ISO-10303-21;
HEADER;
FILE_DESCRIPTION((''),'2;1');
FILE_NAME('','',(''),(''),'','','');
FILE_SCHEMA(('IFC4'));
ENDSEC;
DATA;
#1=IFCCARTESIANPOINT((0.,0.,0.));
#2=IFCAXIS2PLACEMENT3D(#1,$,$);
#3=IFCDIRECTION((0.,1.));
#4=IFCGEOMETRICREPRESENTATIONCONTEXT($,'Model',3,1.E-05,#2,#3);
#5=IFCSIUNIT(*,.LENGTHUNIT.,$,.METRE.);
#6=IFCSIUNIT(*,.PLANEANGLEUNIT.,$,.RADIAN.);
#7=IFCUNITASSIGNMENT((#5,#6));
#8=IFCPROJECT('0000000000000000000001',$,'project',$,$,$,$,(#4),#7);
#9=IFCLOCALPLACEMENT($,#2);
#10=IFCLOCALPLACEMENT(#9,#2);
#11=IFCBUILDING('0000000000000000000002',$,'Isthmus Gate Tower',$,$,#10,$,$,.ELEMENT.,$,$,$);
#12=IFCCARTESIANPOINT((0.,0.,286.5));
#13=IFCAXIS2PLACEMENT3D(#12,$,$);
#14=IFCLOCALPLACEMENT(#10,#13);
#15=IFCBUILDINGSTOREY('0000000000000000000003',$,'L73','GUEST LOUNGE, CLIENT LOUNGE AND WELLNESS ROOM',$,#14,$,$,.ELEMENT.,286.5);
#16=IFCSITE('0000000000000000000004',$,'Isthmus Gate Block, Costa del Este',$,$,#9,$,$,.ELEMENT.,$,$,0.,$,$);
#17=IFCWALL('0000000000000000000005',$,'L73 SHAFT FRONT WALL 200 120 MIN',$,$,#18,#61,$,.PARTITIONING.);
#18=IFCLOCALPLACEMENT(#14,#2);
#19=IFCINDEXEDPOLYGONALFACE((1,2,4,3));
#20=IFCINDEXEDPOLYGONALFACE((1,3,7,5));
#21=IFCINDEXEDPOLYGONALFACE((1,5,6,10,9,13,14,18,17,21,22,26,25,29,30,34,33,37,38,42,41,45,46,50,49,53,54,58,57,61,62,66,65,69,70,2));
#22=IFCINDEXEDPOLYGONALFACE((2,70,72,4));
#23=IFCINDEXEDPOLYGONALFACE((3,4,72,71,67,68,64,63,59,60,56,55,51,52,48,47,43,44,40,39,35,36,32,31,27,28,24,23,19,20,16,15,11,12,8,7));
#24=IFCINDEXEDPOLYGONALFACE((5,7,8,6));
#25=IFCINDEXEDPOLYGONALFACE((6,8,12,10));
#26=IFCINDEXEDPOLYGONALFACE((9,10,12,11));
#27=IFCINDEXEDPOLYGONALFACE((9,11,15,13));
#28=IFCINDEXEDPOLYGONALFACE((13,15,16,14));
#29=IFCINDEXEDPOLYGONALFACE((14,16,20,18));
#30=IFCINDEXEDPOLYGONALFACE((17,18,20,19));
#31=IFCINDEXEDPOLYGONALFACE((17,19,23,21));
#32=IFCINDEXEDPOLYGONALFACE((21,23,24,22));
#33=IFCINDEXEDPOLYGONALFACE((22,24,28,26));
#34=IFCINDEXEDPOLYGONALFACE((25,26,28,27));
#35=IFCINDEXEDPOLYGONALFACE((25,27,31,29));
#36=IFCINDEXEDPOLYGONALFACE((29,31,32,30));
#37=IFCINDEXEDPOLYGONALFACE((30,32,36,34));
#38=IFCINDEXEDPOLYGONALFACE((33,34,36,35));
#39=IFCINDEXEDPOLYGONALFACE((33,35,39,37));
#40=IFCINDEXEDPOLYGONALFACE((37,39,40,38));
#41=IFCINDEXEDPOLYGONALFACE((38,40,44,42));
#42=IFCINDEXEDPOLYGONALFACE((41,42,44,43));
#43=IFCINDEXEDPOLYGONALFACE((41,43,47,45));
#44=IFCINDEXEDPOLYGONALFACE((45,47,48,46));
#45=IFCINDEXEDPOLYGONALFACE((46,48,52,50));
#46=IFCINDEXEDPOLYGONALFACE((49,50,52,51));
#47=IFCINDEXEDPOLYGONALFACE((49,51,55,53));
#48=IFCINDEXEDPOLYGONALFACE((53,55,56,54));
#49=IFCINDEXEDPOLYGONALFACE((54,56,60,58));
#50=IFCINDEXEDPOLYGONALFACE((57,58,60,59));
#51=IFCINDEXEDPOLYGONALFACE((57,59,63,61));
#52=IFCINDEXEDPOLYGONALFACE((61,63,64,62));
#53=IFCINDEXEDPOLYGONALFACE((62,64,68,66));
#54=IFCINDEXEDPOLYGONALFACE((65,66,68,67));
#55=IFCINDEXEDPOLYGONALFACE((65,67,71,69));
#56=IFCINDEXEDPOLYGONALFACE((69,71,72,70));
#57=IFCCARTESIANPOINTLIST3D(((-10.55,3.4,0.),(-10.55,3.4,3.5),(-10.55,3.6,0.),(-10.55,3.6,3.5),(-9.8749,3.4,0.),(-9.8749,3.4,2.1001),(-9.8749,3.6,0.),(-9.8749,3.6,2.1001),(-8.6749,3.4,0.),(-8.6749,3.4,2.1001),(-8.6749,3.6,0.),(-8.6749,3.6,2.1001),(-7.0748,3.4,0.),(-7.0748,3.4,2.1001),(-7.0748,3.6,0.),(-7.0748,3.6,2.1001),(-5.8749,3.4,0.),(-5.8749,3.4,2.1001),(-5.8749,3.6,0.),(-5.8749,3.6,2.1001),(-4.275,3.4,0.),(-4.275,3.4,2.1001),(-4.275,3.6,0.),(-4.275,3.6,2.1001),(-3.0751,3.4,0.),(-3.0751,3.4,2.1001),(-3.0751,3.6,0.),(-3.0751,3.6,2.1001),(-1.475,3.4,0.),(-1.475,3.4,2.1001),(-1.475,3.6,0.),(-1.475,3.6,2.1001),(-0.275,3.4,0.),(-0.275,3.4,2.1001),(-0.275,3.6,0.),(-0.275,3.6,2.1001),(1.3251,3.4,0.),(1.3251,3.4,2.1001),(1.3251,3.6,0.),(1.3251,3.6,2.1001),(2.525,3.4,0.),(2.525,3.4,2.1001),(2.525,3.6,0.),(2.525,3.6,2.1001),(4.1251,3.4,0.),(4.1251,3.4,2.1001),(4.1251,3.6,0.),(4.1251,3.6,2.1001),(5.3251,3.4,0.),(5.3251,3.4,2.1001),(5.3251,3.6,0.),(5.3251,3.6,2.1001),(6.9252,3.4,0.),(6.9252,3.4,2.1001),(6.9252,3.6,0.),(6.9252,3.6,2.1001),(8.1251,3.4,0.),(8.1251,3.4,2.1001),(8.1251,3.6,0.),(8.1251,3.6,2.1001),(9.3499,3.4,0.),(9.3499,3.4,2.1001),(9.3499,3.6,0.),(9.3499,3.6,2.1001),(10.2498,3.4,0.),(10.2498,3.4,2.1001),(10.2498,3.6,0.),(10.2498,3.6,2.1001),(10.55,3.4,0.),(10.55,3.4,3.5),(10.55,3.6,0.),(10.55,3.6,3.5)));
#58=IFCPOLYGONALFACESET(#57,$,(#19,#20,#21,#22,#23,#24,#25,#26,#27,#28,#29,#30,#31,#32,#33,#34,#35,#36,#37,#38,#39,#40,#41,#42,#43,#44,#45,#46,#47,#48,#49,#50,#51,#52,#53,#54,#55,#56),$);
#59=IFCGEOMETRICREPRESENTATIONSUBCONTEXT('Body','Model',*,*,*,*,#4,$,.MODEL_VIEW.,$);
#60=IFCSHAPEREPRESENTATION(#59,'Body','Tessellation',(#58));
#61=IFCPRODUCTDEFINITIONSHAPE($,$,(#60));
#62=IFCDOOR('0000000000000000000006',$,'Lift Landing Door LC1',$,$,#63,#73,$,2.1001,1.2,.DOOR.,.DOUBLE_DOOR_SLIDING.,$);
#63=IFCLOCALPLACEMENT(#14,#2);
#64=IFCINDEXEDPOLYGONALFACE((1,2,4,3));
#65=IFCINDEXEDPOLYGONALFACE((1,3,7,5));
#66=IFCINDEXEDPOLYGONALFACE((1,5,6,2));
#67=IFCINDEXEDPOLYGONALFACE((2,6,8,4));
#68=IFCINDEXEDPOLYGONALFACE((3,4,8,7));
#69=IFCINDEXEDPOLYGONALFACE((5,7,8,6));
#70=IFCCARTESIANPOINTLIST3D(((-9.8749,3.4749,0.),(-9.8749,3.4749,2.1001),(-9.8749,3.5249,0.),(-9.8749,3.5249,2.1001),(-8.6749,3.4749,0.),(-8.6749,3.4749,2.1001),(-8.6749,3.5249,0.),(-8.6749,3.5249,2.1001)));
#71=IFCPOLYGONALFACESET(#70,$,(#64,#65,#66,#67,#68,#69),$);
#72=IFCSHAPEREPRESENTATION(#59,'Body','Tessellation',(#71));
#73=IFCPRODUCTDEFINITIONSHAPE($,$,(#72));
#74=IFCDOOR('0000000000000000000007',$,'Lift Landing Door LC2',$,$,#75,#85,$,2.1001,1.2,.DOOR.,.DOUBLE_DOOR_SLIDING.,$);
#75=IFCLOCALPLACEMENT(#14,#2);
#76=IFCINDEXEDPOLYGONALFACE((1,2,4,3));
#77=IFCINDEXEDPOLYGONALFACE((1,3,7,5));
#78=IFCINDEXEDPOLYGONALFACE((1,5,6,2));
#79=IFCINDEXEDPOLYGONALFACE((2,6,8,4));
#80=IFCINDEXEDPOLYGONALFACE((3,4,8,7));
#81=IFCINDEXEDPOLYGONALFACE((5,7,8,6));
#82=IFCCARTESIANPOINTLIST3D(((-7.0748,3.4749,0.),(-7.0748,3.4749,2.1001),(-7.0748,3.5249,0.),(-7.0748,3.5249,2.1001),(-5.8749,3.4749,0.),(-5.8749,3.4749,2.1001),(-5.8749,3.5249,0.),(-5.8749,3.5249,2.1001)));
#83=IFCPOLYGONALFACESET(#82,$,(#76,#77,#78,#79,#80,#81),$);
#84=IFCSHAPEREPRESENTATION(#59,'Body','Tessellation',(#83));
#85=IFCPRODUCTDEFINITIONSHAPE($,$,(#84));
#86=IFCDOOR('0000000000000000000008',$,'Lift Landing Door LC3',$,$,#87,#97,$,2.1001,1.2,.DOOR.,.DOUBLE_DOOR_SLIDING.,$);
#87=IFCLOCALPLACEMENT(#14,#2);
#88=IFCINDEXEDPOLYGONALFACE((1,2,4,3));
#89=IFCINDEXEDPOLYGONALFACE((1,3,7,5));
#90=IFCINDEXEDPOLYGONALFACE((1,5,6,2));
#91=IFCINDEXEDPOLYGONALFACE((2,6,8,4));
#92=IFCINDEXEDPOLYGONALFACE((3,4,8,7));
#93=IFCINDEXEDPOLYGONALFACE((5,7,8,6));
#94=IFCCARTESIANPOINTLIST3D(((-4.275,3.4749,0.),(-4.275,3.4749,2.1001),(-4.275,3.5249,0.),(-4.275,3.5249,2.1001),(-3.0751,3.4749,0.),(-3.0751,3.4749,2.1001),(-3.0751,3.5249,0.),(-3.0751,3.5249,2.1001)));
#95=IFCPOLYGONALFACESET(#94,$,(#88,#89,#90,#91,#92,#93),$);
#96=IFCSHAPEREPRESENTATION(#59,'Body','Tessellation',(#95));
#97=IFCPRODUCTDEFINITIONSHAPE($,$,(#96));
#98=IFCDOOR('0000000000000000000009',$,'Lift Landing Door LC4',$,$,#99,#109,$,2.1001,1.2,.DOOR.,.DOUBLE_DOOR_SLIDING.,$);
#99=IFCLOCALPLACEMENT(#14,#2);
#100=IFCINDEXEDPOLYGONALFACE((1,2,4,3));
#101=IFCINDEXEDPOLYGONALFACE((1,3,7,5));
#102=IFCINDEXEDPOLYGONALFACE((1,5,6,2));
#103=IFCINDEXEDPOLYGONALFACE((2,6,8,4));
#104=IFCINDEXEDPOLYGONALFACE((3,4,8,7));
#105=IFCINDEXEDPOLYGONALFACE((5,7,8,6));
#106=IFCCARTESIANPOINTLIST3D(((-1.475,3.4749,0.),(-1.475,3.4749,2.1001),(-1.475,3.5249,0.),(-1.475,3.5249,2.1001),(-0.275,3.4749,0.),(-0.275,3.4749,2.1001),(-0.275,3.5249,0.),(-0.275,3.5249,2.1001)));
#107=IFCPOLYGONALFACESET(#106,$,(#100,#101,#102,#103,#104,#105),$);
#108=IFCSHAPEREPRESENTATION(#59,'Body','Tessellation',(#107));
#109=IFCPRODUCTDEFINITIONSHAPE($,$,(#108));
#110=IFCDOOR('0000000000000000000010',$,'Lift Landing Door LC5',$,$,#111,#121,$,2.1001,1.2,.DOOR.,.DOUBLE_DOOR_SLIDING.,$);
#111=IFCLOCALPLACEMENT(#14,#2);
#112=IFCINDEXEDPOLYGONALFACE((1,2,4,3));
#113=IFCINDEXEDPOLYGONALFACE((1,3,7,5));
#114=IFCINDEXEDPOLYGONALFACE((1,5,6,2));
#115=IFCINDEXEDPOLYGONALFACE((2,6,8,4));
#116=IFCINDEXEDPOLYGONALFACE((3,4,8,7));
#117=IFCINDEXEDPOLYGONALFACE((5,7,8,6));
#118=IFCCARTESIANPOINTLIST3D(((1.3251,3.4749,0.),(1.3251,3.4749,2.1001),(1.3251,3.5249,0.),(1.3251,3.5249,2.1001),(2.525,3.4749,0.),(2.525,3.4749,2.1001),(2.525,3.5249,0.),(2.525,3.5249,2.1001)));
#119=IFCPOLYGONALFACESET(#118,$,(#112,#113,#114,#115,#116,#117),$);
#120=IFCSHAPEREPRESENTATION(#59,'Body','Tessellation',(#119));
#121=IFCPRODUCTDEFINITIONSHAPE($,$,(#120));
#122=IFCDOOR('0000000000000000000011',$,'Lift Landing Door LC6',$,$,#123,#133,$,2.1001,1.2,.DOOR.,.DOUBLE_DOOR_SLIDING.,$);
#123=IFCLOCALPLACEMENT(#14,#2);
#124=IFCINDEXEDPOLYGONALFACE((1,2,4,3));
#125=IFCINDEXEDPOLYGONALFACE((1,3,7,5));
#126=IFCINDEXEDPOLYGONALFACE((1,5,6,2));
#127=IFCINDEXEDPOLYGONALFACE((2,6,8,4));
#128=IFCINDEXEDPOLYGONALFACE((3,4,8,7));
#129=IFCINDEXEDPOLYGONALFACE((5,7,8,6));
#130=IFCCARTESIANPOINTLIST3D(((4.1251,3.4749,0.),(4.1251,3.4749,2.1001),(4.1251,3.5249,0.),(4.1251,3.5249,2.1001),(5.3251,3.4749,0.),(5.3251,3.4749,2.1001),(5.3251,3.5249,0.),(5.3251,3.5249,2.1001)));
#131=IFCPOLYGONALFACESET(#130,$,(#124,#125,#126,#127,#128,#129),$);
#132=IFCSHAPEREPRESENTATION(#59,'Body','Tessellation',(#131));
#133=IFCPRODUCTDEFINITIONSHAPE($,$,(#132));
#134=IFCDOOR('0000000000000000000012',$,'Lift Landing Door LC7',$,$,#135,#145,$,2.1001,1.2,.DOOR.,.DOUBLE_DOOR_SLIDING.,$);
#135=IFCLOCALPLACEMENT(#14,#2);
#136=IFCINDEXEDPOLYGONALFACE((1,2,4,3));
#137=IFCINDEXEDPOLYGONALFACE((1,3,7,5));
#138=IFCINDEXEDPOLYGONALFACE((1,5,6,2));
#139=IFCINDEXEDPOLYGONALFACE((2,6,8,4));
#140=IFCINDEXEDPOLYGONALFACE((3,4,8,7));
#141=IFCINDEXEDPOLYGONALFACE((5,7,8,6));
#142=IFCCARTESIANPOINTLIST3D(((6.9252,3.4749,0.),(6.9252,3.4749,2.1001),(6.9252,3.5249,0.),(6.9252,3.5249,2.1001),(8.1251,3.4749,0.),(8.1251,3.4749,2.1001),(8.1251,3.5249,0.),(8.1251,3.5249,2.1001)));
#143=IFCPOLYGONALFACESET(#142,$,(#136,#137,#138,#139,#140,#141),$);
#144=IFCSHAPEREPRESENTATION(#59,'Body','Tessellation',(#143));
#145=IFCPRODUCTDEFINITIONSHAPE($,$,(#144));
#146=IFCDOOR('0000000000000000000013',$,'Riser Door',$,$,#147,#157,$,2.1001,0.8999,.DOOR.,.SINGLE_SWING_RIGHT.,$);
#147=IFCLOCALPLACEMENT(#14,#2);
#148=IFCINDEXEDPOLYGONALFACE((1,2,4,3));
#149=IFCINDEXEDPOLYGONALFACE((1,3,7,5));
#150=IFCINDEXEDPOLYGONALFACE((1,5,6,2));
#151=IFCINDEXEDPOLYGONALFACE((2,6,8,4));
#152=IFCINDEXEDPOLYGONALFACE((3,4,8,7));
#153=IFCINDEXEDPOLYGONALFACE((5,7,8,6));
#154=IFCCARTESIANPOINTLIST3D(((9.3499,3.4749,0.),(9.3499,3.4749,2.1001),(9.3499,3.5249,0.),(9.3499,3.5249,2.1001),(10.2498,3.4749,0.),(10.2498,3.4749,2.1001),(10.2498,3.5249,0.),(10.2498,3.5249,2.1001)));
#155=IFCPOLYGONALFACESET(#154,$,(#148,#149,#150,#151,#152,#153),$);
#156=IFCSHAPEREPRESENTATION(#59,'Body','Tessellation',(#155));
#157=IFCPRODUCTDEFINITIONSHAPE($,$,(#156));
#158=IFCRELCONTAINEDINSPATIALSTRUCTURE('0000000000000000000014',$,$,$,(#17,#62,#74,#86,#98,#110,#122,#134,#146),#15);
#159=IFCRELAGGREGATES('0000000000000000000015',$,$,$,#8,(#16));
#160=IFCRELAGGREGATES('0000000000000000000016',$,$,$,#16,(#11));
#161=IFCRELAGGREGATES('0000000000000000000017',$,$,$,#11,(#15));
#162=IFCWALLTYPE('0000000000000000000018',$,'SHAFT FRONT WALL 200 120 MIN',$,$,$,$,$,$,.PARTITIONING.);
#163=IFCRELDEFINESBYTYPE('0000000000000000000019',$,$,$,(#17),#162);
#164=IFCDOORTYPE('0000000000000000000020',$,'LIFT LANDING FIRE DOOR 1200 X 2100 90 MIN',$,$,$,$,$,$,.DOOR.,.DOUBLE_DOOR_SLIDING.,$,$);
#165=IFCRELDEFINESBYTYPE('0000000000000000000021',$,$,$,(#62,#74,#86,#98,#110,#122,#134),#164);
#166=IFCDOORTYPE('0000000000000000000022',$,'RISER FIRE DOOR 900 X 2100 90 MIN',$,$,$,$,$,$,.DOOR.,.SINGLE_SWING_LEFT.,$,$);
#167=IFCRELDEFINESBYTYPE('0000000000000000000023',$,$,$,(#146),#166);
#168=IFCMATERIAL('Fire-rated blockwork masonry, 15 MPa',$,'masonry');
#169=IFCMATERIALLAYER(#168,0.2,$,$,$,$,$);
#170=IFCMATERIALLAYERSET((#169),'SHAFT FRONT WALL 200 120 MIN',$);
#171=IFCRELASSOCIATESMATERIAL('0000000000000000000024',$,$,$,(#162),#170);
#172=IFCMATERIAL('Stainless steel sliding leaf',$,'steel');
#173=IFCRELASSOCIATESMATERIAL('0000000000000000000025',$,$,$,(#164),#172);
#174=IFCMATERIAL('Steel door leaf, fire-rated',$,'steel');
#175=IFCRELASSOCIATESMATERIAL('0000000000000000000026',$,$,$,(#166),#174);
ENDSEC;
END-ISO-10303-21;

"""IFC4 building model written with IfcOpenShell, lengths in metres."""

from ifc_helpers import new_model, si_unit, direction, frame, frame_2d, origin, place, context, subcontext, project, spatial, rectangle, extrude, material, layer, layer_set, type_object, element, fill, save


model = new_model("IFC4")

# Units and contexts
model_context = context("Model", 3, precision=1e-05, world=origin(), true_north=direction((0.0, 1.0)))
body_context = subcontext(model_context, "Body", "Model", "MODEL_VIEW")
ifc_project = project(units=[si_unit("LENGTHUNIT", "METRE"), si_unit("PLANEANGLEUNIT", "RADIAN")], contexts=[model_context])

# Site, building, storey
site_placement = place(None, origin())
site = spatial("IfcSite", under=ifc_project, at=site_placement, Name="Isthmus Gate Block, Costa del Este", CompositionType="ELEMENT", RefElevation=0.0)
building_placement = place(site_placement, origin())
building = spatial("IfcBuilding", under=site, at=building_placement, Name="Isthmus Gate Tower", CompositionType="ELEMENT")
storey_placement = place(building_placement, frame((0.0, 0.0, 286.5)))
storey = spatial("IfcBuildingStorey", under=building, at=storey_placement, Name="L73", Description="GUEST LOUNGE, CLIENT LOUNGE AND WELLNESS ROOM", CompositionType="ELEMENT", Elevation=286.5)

# Wall, openings, doors
ifc_material_1 = material(Name="Fire-rated blockwork masonry, 15 MPa", Category="masonry")
ifc_layer_1 = layer(ifc_material_1, 0.2)
ifc_layer_set_1 = layer_set([ifc_layer_1], Name="SHAFT FRONT WALL 200 120 MIN")
wall_type_1 = type_object("IfcWallType", Name="SHAFT FRONT WALL 200 120 MIN", PredefinedType="PARTITIONING", material=ifc_layer_set_1)
wall_1_placement = place(storey_placement, frame((-10.55, 3.5, 0.0), z_axis=(0.0, 0.0, 1.0), x_axis=(1.0, 0.0, 0.0)))
wall_1 = element("IfcWall", 1, at=wall_1_placement, inside=storey, type_object=wall_type_1, Name="L73 SHAFT FRONT WALL 200 120 MIN", PredefinedType="PARTITIONING", context=body_context, shape_type="SweptSolid", body=[
    extrude(rectangle(XDim=21.1001, YDim=0.2, at=frame_2d((10.55, 0.0))), origin(), (0.0, 0.0, 1.0), 3.5),
])
opening_1_placement = place(wall_1_placement, frame((0.675, 0.0, 0.0)))
opening_1 = element("IfcOpeningElement", 2, at=opening_1_placement, cuts=wall_1, PredefinedType="OPENING", context=body_context, shape_type="SweptSolid", body=[
    extrude(rectangle(XDim=1.2, YDim=2.1001, at=frame_2d((0.6001, 1.05))), frame((0.0, 0.1099, 0.0), z_axis=(0.0, -1.0, 0.0), x_axis=(1.0, 0.0, 0.0)), (0.0, 0.0, 1.0), 0.22),
])
opening_2_placement = place(wall_1_placement, frame((3.4751, 0.0, 0.0)))
opening_2 = element("IfcOpeningElement", 3, at=opening_2_placement, cuts=wall_1, PredefinedType="OPENING", context=body_context, shape_type="SweptSolid", body=[
    extrude(rectangle(XDim=1.2, YDim=2.1001, at=frame_2d((0.6001, 1.05))), frame((0.0, 0.1099, 0.0), z_axis=(0.0, -1.0, 0.0), x_axis=(1.0, 0.0, 0.0)), (0.0, 0.0, 1.0), 0.22),
])
opening_3_placement = place(wall_1_placement, frame((6.2749, 0.0, 0.0)))
opening_3 = element("IfcOpeningElement", 4, at=opening_3_placement, cuts=wall_1, PredefinedType="OPENING", context=body_context, shape_type="SweptSolid", body=[
    extrude(rectangle(XDim=1.2, YDim=2.1001, at=frame_2d((0.6001, 1.05))), frame((0.0, 0.1099, 0.0), z_axis=(0.0, -1.0, 0.0), x_axis=(1.0, 0.0, 0.0)), (0.0, 0.0, 1.0), 0.22),
])
opening_4_placement = place(wall_1_placement, frame((9.075, 0.0, 0.0)))
opening_4 = element("IfcOpeningElement", 5, at=opening_4_placement, cuts=wall_1, PredefinedType="OPENING", context=body_context, shape_type="SweptSolid", body=[
    extrude(rectangle(XDim=1.2, YDim=2.1001, at=frame_2d((0.6001, 1.05))), frame((0.0, 0.1099, 0.0), z_axis=(0.0, -1.0, 0.0), x_axis=(1.0, 0.0, 0.0)), (0.0, 0.0, 1.0), 0.22),
])
opening_5_placement = place(wall_1_placement, frame((11.875, 0.0, 0.0)))
opening_5 = element("IfcOpeningElement", 6, at=opening_5_placement, cuts=wall_1, PredefinedType="OPENING", context=body_context, shape_type="SweptSolid", body=[
    extrude(rectangle(XDim=1.2, YDim=2.1001, at=frame_2d((0.6001, 1.05))), frame((0.0, 0.1099, 0.0), z_axis=(0.0, -1.0, 0.0), x_axis=(1.0, 0.0, 0.0)), (0.0, 0.0, 1.0), 0.22),
])
opening_6_placement = place(wall_1_placement, frame((14.675, 0.0, 0.0)))
opening_6 = element("IfcOpeningElement", 7, at=opening_6_placement, cuts=wall_1, PredefinedType="OPENING", context=body_context, shape_type="SweptSolid", body=[
    extrude(rectangle(XDim=1.2, YDim=2.1001, at=frame_2d((0.6001, 1.05))), frame((0.0, 0.1099, 0.0), z_axis=(0.0, -1.0, 0.0), x_axis=(1.0, 0.0, 0.0)), (0.0, 0.0, 1.0), 0.22),
])
opening_7_placement = place(wall_1_placement, frame((17.4751, 0.0, 0.0)))
opening_7 = element("IfcOpeningElement", 8, at=opening_7_placement, cuts=wall_1, PredefinedType="OPENING", context=body_context, shape_type="SweptSolid", body=[
    extrude(rectangle(XDim=1.2, YDim=2.1001, at=frame_2d((0.6001, 1.05))), frame((0.0, 0.1099, 0.0), z_axis=(0.0, -1.0, 0.0), x_axis=(1.0, 0.0, 0.0)), (0.0, 0.0, 1.0), 0.22),
])
opening_8_placement = place(wall_1_placement, frame((19.8999, 0.0, 0.0)))
opening_8 = element("IfcOpeningElement", 9, at=opening_8_placement, cuts=wall_1, PredefinedType="OPENING", context=body_context, shape_type="SweptSolid", body=[
    extrude(rectangle(XDim=0.8999, YDim=2.1001, at=frame_2d((0.45, 1.05))), frame((0.0, 0.1099, 0.0), z_axis=(0.0, -1.0, 0.0), x_axis=(1.0, 0.0, 0.0)), (0.0, 0.0, 1.0), 0.22),
])
ifc_material_2 = material(Name="Stainless steel sliding leaf", Category="steel")
door_type_1 = type_object("IfcDoorType", Name="LIFT LANDING FIRE DOOR 1200 X 2100 90 MIN", OperationType="DOUBLE_DOOR_SLIDING", PredefinedType="DOOR", material=ifc_material_2)
door_1_placement = place(opening_1_placement, origin())
door_1 = element("IfcDoor", 10, at=door_1_placement, inside=storey, type_object=door_type_1, Name="Lift Landing Door LC1", OperationType="DOUBLE_DOOR_SLIDING", OverallHeight=2.1001, OverallWidth=1.2, PredefinedType="DOOR", context=body_context, shape_type="SweptSolid", body=[
    extrude(rectangle(XDim=1.2, YDim=2.1001, at=frame_2d((0.6001, 1.05))), frame((0.0, 0.0249, 0.0), z_axis=(0.0, -1.0, 0.0), x_axis=(1.0, 0.0, 0.0)), (0.0, 0.0, 1.0), 0.05),
])
fill(opening_1, door_1)
door_2_placement = place(opening_2_placement, origin())
door_2 = element("IfcDoor", 11, at=door_2_placement, inside=storey, type_object=door_type_1, Name="Lift Landing Door LC2", OperationType="DOUBLE_DOOR_SLIDING", OverallHeight=2.1001, OverallWidth=1.2, PredefinedType="DOOR", context=body_context, shape_type="SweptSolid", body=[
    extrude(rectangle(XDim=1.2, YDim=2.1001, at=frame_2d((0.6001, 1.05))), frame((0.0, 0.0249, 0.0), z_axis=(0.0, -1.0, 0.0), x_axis=(1.0, 0.0, 0.0)), (0.0, 0.0, 1.0), 0.05),
])
fill(opening_2, door_2)
door_3_placement = place(opening_3_placement, origin())
door_3 = element("IfcDoor", 12, at=door_3_placement, inside=storey, type_object=door_type_1, Name="Lift Landing Door LC3", OperationType="DOUBLE_DOOR_SLIDING", OverallHeight=2.1001, OverallWidth=1.2, PredefinedType="DOOR", context=body_context, shape_type="SweptSolid", body=[
    extrude(rectangle(XDim=1.2, YDim=2.1001, at=frame_2d((0.6001, 1.05))), frame((0.0, 0.0249, 0.0), z_axis=(0.0, -1.0, 0.0), x_axis=(1.0, 0.0, 0.0)), (0.0, 0.0, 1.0), 0.05),
])
fill(opening_3, door_3)
door_4_placement = place(opening_4_placement, origin())
door_4 = element("IfcDoor", 13, at=door_4_placement, inside=storey, type_object=door_type_1, Name="Lift Landing Door LC4", OperationType="DOUBLE_DOOR_SLIDING", OverallHeight=2.1001, OverallWidth=1.2, PredefinedType="DOOR", context=body_context, shape_type="SweptSolid", body=[
    extrude(rectangle(XDim=1.2, YDim=2.1001, at=frame_2d((0.6001, 1.05))), frame((0.0, 0.0249, 0.0), z_axis=(0.0, -1.0, 0.0), x_axis=(1.0, 0.0, 0.0)), (0.0, 0.0, 1.0), 0.05),
])
fill(opening_4, door_4)
door_5_placement = place(opening_5_placement, origin())
door_5 = element("IfcDoor", 14, at=door_5_placement, inside=storey, type_object=door_type_1, Name="Lift Landing Door LC5", OperationType="DOUBLE_DOOR_SLIDING", OverallHeight=2.1001, OverallWidth=1.2, PredefinedType="DOOR", context=body_context, shape_type="SweptSolid", body=[
    extrude(rectangle(XDim=1.2, YDim=2.1001, at=frame_2d((0.6001, 1.05))), frame((0.0, 0.0249, 0.0), z_axis=(0.0, -1.0, 0.0), x_axis=(1.0, 0.0, 0.0)), (0.0, 0.0, 1.0), 0.05),
])
fill(opening_5, door_5)
door_6_placement = place(opening_6_placement, origin())
door_6 = element("IfcDoor", 15, at=door_6_placement, inside=storey, type_object=door_type_1, Name="Lift Landing Door LC6", OperationType="DOUBLE_DOOR_SLIDING", OverallHeight=2.1001, OverallWidth=1.2, PredefinedType="DOOR", context=body_context, shape_type="SweptSolid", body=[
    extrude(rectangle(XDim=1.2, YDim=2.1001, at=frame_2d((0.6001, 1.05))), frame((0.0, 0.0249, 0.0), z_axis=(0.0, -1.0, 0.0), x_axis=(1.0, 0.0, 0.0)), (0.0, 0.0, 1.0), 0.05),
])
fill(opening_6, door_6)
door_7_placement = place(opening_7_placement, origin())
door_7 = element("IfcDoor", 16, at=door_7_placement, inside=storey, type_object=door_type_1, Name="Lift Landing Door LC7", OperationType="DOUBLE_DOOR_SLIDING", OverallHeight=2.1001, OverallWidth=1.2, PredefinedType="DOOR", context=body_context, shape_type="SweptSolid", body=[
    extrude(rectangle(XDim=1.2, YDim=2.1001, at=frame_2d((0.6001, 1.05))), frame((0.0, 0.0249, 0.0), z_axis=(0.0, -1.0, 0.0), x_axis=(1.0, 0.0, 0.0)), (0.0, 0.0, 1.0), 0.05),
])
fill(opening_7, door_7)
ifc_material_3 = material(Name="Steel door leaf, fire-rated", Category="steel")
door_type_2 = type_object("IfcDoorType", Name="RISER FIRE DOOR 900 X 2100 90 MIN", OperationType="SINGLE_SWING_LEFT", PredefinedType="DOOR", material=ifc_material_3)
door_8_placement = place(opening_8_placement, origin())
door_8 = element("IfcDoor", 17, at=door_8_placement, inside=storey, type_object=door_type_2, Name="Riser Door", OperationType="SINGLE_SWING_RIGHT", OverallHeight=2.1001, OverallWidth=0.8999, PredefinedType="DOOR", context=body_context, shape_type="SweptSolid", body=[
    extrude(rectangle(XDim=0.8999, YDim=2.1001, at=frame_2d((0.45, 1.05))), frame((0.0, 0.0249, 0.0), z_axis=(0.0, -1.0, 0.0), x_axis=(1.0, 0.0, 0.0)), (0.0, 0.0, 1.0), 0.05),
])
fill(opening_8, door_8)

save(model, "model.ifc")
